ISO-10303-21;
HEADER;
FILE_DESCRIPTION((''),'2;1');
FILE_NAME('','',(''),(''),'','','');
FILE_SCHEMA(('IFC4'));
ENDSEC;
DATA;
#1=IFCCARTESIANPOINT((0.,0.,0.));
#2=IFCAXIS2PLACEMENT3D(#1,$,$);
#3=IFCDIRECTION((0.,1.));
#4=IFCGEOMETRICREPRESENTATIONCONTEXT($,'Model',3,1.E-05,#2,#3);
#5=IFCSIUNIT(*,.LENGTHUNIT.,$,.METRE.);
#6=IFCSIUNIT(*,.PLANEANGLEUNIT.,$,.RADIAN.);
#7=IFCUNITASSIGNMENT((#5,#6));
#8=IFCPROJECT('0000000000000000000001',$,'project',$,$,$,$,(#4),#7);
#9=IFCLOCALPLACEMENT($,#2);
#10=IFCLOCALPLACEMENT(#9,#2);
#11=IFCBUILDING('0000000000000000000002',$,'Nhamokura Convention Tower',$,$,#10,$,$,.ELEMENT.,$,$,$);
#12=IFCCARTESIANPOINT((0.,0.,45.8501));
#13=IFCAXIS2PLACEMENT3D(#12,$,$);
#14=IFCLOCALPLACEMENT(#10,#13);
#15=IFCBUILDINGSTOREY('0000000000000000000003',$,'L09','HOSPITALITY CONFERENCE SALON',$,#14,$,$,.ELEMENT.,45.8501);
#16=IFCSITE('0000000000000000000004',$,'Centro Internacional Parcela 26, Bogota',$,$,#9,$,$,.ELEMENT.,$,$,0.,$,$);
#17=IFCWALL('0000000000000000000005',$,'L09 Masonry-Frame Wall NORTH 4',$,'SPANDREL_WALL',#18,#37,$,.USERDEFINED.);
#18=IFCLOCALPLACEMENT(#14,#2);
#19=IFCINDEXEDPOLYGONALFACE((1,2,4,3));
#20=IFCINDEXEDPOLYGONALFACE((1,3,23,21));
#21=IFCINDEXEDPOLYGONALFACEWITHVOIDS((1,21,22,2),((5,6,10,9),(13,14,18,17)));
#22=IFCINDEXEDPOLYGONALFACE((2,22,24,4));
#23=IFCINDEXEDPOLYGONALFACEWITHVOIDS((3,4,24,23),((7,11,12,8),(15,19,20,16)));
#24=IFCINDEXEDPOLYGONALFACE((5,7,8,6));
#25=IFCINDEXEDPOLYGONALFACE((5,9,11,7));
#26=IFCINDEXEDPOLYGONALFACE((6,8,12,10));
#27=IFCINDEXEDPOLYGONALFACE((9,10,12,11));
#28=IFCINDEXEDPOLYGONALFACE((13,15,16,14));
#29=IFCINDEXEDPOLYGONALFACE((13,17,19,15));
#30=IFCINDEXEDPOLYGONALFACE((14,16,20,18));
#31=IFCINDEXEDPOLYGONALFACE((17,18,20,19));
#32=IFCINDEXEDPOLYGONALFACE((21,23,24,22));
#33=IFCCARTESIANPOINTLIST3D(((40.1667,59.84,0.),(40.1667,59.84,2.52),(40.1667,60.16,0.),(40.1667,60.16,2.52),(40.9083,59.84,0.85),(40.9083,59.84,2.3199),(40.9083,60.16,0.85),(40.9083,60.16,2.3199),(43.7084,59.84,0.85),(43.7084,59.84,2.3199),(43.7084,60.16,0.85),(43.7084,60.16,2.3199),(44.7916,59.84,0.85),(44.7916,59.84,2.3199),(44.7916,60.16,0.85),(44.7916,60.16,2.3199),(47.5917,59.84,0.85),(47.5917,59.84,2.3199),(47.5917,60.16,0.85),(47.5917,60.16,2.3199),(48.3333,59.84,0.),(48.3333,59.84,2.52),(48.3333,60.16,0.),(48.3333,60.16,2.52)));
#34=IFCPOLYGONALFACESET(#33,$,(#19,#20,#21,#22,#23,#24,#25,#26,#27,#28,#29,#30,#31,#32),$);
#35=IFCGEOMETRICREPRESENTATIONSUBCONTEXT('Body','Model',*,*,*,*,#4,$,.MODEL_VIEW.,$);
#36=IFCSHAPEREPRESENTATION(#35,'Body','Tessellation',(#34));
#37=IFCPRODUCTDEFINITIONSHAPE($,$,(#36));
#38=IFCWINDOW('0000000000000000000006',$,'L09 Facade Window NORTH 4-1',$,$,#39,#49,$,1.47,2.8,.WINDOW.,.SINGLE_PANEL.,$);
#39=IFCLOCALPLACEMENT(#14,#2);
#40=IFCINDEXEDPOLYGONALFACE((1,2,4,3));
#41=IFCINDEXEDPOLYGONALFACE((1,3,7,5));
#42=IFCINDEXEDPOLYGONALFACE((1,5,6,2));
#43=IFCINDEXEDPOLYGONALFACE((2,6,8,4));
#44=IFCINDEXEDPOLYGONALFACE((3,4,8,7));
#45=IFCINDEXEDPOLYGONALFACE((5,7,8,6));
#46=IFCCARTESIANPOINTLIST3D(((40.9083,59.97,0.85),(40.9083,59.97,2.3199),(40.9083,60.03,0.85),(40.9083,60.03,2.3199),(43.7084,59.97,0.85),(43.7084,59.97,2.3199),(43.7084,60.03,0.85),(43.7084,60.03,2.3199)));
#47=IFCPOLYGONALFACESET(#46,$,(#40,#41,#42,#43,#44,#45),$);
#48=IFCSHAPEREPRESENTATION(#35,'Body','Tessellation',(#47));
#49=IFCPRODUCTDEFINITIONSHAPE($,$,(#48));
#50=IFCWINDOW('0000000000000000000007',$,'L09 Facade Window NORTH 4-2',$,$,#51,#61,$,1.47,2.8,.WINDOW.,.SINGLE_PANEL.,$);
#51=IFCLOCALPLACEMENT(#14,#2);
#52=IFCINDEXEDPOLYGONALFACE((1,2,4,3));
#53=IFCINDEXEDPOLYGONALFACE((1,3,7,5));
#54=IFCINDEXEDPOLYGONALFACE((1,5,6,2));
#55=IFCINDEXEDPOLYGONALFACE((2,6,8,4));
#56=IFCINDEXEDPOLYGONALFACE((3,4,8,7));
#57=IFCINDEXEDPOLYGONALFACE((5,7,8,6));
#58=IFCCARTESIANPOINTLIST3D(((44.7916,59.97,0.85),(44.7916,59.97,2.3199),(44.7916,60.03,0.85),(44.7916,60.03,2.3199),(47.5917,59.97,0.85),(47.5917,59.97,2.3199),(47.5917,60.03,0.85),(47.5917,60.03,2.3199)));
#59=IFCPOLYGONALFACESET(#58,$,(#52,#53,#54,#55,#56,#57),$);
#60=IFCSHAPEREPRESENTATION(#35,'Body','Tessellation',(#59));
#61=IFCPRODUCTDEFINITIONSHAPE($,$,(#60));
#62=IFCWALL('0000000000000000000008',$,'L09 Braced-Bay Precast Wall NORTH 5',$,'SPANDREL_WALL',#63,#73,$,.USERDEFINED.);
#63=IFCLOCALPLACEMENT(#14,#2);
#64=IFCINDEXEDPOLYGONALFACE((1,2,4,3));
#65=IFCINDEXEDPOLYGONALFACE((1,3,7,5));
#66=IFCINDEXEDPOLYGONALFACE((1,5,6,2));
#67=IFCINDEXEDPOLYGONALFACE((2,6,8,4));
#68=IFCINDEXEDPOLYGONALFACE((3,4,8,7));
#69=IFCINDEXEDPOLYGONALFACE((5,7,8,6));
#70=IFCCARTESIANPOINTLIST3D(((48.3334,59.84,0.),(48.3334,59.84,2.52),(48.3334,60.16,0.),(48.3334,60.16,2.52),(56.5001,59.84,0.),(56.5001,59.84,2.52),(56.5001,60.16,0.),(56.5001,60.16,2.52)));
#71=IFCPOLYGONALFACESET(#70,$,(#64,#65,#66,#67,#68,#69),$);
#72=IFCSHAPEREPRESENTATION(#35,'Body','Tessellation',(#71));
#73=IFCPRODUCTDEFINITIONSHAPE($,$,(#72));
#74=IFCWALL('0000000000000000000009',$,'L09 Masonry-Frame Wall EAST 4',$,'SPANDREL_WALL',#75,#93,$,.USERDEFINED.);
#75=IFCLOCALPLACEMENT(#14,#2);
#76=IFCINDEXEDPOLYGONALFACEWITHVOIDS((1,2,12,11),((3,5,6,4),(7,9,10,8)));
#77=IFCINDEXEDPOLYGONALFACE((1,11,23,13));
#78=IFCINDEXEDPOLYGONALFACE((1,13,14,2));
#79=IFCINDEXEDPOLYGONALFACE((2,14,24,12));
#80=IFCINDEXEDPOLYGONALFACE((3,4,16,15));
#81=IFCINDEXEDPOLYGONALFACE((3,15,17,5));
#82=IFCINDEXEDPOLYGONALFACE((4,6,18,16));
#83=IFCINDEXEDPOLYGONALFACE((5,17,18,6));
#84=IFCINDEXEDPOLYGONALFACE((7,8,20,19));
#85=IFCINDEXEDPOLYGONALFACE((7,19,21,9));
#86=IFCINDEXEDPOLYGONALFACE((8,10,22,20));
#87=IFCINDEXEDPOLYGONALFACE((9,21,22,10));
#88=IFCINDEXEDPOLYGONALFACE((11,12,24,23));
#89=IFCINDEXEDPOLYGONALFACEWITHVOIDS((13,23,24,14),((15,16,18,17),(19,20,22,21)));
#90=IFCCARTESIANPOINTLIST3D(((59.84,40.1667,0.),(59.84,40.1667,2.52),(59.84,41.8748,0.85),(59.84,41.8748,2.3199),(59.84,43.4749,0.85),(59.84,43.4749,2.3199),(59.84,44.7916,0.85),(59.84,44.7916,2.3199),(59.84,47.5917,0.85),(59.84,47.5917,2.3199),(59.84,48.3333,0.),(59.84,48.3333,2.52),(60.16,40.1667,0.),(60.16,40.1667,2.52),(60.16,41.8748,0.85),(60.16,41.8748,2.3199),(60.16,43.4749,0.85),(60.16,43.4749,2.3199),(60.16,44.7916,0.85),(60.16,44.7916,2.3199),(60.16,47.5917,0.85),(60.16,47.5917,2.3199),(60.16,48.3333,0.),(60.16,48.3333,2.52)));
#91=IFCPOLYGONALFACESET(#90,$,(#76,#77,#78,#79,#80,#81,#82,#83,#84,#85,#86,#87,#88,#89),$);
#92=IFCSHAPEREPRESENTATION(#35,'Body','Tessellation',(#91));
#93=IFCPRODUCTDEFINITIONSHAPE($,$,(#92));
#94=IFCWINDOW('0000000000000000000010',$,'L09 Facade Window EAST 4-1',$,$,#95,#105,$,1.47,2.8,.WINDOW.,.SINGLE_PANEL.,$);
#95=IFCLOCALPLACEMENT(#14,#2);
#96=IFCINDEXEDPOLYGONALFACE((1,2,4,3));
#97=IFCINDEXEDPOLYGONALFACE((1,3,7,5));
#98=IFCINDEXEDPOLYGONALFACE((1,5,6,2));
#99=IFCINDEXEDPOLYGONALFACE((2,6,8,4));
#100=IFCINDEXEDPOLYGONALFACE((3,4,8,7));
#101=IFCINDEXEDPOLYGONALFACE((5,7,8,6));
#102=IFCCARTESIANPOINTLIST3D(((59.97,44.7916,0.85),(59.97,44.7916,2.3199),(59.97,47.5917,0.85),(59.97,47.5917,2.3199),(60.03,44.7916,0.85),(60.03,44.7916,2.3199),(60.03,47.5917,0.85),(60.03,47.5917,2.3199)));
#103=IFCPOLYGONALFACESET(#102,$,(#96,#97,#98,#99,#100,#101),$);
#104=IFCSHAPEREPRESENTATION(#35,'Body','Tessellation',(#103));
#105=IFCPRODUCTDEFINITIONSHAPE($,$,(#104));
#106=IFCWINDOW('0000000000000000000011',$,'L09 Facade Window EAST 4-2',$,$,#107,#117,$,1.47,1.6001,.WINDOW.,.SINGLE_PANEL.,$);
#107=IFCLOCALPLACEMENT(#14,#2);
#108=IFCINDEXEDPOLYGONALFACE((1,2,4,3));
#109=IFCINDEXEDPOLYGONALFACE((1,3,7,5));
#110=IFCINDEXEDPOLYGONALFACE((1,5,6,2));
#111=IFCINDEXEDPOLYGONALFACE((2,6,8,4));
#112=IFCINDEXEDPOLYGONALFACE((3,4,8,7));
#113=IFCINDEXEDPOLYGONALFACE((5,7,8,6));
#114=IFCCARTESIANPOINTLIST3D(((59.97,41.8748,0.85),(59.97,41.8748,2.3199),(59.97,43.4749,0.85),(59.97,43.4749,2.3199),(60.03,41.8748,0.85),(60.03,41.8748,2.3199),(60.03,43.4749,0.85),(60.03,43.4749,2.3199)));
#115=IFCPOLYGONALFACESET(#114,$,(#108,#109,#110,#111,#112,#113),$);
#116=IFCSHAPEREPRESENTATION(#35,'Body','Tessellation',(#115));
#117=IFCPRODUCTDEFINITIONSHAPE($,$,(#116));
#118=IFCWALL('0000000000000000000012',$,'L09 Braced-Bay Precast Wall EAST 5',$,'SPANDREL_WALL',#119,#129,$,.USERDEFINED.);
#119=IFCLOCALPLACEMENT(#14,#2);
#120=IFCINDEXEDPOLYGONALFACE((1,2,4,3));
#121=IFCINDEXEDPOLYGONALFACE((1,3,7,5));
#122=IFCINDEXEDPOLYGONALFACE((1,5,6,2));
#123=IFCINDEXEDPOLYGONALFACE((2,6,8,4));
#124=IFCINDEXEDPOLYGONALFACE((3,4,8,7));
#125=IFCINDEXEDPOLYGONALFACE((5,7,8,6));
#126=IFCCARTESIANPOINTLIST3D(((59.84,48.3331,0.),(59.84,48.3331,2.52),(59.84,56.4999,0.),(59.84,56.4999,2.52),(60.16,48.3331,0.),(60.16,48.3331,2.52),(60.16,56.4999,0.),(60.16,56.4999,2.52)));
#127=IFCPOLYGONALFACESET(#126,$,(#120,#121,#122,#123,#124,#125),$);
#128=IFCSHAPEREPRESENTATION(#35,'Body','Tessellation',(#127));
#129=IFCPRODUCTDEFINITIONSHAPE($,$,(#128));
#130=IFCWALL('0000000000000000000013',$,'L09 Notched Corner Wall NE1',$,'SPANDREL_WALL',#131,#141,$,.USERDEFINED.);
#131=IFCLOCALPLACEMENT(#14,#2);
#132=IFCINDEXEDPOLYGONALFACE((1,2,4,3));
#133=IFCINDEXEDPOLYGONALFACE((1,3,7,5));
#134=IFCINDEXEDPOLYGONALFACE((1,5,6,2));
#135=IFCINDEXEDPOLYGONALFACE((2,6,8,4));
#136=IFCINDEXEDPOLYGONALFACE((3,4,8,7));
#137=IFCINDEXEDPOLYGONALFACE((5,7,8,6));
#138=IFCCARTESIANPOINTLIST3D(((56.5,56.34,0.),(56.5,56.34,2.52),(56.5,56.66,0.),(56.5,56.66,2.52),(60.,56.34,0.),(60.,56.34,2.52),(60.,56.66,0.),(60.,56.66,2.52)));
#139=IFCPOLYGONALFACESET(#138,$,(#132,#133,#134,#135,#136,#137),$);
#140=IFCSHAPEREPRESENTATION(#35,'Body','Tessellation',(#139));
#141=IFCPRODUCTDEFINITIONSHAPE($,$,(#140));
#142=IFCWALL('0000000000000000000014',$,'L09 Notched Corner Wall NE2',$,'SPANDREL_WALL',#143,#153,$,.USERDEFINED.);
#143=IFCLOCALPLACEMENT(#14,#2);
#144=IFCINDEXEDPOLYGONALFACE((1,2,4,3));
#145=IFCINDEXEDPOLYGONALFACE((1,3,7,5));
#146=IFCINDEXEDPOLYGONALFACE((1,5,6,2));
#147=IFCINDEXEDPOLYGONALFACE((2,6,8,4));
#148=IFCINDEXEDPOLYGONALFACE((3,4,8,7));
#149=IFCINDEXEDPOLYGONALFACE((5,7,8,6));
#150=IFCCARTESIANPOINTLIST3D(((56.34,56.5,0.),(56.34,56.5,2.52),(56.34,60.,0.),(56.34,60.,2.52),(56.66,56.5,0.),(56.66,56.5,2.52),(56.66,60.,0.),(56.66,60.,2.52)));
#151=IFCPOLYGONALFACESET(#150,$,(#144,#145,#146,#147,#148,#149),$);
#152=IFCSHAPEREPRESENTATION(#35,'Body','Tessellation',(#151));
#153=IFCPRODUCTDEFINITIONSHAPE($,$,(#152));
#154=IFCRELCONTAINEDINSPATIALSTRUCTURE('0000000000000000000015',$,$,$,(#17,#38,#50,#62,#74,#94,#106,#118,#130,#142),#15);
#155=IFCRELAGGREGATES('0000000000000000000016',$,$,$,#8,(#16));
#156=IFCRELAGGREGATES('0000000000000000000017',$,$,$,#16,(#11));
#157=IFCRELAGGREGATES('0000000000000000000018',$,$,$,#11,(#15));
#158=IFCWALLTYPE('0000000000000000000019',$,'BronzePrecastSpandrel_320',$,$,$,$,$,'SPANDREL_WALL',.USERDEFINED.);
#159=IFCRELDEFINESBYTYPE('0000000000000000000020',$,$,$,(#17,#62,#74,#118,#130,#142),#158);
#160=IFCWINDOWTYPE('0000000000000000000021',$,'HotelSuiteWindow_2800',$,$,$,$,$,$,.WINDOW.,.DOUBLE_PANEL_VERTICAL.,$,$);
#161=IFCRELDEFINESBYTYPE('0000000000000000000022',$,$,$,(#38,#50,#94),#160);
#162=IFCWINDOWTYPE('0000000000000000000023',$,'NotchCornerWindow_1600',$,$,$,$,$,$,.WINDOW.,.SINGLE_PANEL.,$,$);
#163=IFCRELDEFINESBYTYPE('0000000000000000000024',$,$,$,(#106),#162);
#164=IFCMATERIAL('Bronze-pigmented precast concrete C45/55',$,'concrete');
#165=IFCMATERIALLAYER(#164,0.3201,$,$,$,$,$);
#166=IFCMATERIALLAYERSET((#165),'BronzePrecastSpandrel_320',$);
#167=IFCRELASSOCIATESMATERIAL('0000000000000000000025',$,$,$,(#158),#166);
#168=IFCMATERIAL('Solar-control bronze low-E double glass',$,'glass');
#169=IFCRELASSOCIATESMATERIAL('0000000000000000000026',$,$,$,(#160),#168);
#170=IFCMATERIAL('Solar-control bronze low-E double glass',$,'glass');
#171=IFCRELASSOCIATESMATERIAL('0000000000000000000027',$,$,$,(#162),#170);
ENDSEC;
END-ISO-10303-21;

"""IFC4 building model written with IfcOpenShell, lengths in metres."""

from ifc_helpers import new_model, si_unit, direction, frame, frame_2d, origin, place, context, subcontext, project, spatial, rectangle, extrude, material, layer, layer_set, type_object, element, fill, save


model = new_model("IFC4")

# Units and contexts
model_context = context("Model", 3, precision=1e-05, world=origin(), true_north=direction((0.0, 1.0)))
body_context = subcontext(model_context, "Body", "Model", "MODEL_VIEW")
ifc_project = project(units=[si_unit("LENGTHUNIT", "METRE"), si_unit("PLANEANGLEUNIT", "RADIAN")], contexts=[model_context])

# Site, building, storey
site_placement = place(None, origin())
site = spatial("IfcSite", under=ifc_project, at=site_placement, Name="Centro Internacional Parcela 26, Bogota", CompositionType="ELEMENT", RefElevation=0.0)
building_placement = place(site_placement, origin())
building = spatial("IfcBuilding", under=site, at=building_placement, Name="Nhamokura Convention Tower", CompositionType="ELEMENT")
storey_placement = place(building_placement, frame((0.0, 0.0, 45.8501)))
storey = spatial("IfcBuildingStorey", under=building, at=storey_placement, Name="L09", Description="HOSPITALITY CONFERENCE SALON", CompositionType="ELEMENT", Elevation=45.8501)

# Wall, openings, windows
ifc_material_1 = material(Name="Bronze-pigmented precast concrete C45/55", Category="concrete")
ifc_layer = layer(ifc_material_1, 0.3201)
ifc_layer_set = layer_set([ifc_layer], Name="BronzePrecastSpandrel_320")
wall_type = type_object("IfcWallType", Name="BronzePrecastSpandrel_320", ElementType="SPANDREL_WALL", PredefinedType="USERDEFINED", material=ifc_layer_set)
wall_1_placement = place(storey_placement, frame((40.1667, 60.0, 0.0), z_axis=(0.0, 0.0, 1.0), x_axis=(1.0, 0.0, 0.0)))
wall_1 = element("IfcWall", 1, at=wall_1_placement, inside=storey, type_object=wall_type, Name="L09 Masonry-Frame Wall NORTH 4", ObjectType="SPANDREL_WALL", PredefinedType="USERDEFINED", context=body_context, shape_type="SweptSolid", body=[
    extrude(rectangle(XDim=8.1665, YDim=0.3201, at=frame_2d((4.0833, 0.0))), origin(), (0.0, 0.0, 1.0), 2.52),
])
opening_1_placement = place(wall_1_placement, frame((0.7417, 0.0, 0.8501)))
opening_1 = element("IfcOpeningElement", 2, at=opening_1_placement, cuts=wall_1, PredefinedType="OPENING", context=body_context, shape_type="SweptSolid", body=[
    extrude(rectangle(XDim=2.8, YDim=1.47, at=frame_2d((1.3999, 0.7349))), frame((0.0, 0.1699, 0.0), z_axis=(0.0, -1.0, 0.0), x_axis=(1.0, 0.0, 0.0)), (0.0, 0.0, 1.0), 0.3401),
])
opening_2_placement = place(wall_1_placement, frame((4.625, 0.0, 0.8501)))
opening_2 = element("IfcOpeningElement", 3, at=opening_2_placement, cuts=wall_1, PredefinedType="OPENING", context=body_context, shape_type="SweptSolid", body=[
    extrude(rectangle(XDim=2.8, YDim=1.47, at=frame_2d((1.3999, 0.7349))), frame((0.0, 0.1699, 0.0), z_axis=(0.0, -1.0, 0.0), x_axis=(1.0, 0.0, 0.0)), (0.0, 0.0, 1.0), 0.3401),
])
ifc_material_2 = material(Name="Solar-control bronze low-E double glass", Category="glass")
window_type_1 = type_object("IfcWindowType", Name="HotelSuiteWindow_2800", PartitioningType="DOUBLE_PANEL_VERTICAL", PredefinedType="WINDOW", material=ifc_material_2)
window_1_placement = place(opening_1_placement, origin())
window_1 = element("IfcWindow", 4, at=window_1_placement, inside=storey, type_object=window_type_1, Name="L09 Facade Window NORTH 4-1", OverallHeight=1.47, OverallWidth=2.8, PartitioningType="SINGLE_PANEL", PredefinedType="WINDOW", context=body_context, shape_type="SweptSolid", body=[
    extrude(rectangle(XDim=2.8, YDim=1.47, at=frame_2d((1.3999, 0.7349))), frame((0.0, 0.03, 0.0), z_axis=(0.0, -1.0, 0.0), x_axis=(1.0, 0.0, 0.0)), (0.0, 0.0, 1.0), 0.0601),
])
fill(opening_1, window_1)
window_2_placement = place(opening_2_placement, origin())
window_2 = element("IfcWindow", 5, at=window_2_placement, inside=storey, type_object=window_type_1, Name="L09 Facade Window NORTH 4-2", OverallHeight=1.47, OverallWidth=2.8, PartitioningType="SINGLE_PANEL", PredefinedType="WINDOW", context=body_context, shape_type="SweptSolid", body=[
    extrude(rectangle(XDim=2.8, YDim=1.47, at=frame_2d((1.3999, 0.7349))), frame((0.0, 0.03, 0.0), z_axis=(0.0, -1.0, 0.0), x_axis=(1.0, 0.0, 0.0)), (0.0, 0.0, 1.0), 0.0601),
])
fill(opening_2, window_2)

# Wall
wall_2_placement = place(storey_placement, frame((48.3333, 60.0, 0.0), z_axis=(0.0, 0.0, 1.0), x_axis=(1.0, 0.0, 0.0)))
element("IfcWall", 6, at=wall_2_placement, inside=storey, type_object=wall_type, Name="L09 Braced-Bay Precast Wall NORTH 5", ObjectType="SPANDREL_WALL", PredefinedType="USERDEFINED", context=body_context, shape_type="SweptSolid", body=[
    extrude(rectangle(XDim=8.1667, YDim=0.3201, at=frame_2d((4.0835, 0.0))), origin(), (0.0, 0.0, 1.0), 2.52),
])

# Wall, openings, windows
wall_3_placement = place(storey_placement, frame((60.0, 48.3333, 0.0), z_axis=(0.0, 0.0, 1.0), x_axis=(0.0, -1.0, 0.0)))
wall_3 = element("IfcWall", 7, at=wall_3_placement, inside=storey, type_object=wall_type, Name="L09 Masonry-Frame Wall EAST 4", ObjectType="SPANDREL_WALL", PredefinedType="USERDEFINED", context=body_context, shape_type="SweptSolid", body=[
    extrude(rectangle(XDim=8.1665, YDim=0.3201, at=frame_2d((4.0833, 0.0))), origin(), (0.0, 0.0, 1.0), 2.52),
])
opening_3_placement = place(wall_3_placement, frame((0.7417, 0.0, 0.8501)))
opening_3 = element("IfcOpeningElement", 8, at=opening_3_placement, cuts=wall_3, PredefinedType="OPENING", context=body_context, shape_type="SweptSolid", body=[
    extrude(rectangle(XDim=2.8, YDim=1.47, at=frame_2d((1.3999, 0.7349))), frame((0.0, 0.1699, 0.0), z_axis=(0.0, -1.0, 0.0), x_axis=(1.0, 0.0, 0.0)), (0.0, 0.0, 1.0), 0.3401),
])
opening_4_placement = place(wall_3_placement, frame((4.8584, 0.0, 0.8501)))
opening_4 = element("IfcOpeningElement", 9, at=opening_4_placement, cuts=wall_3, PredefinedType="OPENING", context=body_context, shape_type="SweptSolid", body=[
    extrude(rectangle(XDim=1.6001, YDim=1.47, at=frame_2d((0.8, 0.7349))), frame((0.0, 0.1699, 0.0), z_axis=(0.0, -1.0, 0.0), x_axis=(1.0, 0.0, 0.0)), (0.0, 0.0, 1.0), 0.3401),
])
window_3_placement = place(opening_3_placement, origin())
window_3 = element("IfcWindow", 10, at=window_3_placement, inside=storey, type_object=window_type_1, Name="L09 Facade Window EAST 4-1", OverallHeight=1.47, OverallWidth=2.8, PartitioningType="SINGLE_PANEL", PredefinedType="WINDOW", context=body_context, shape_type="SweptSolid", body=[
    extrude(rectangle(XDim=2.8, YDim=1.47, at=frame_2d((1.3999, 0.7349))), frame((0.0, 0.03, 0.0), z_axis=(0.0, -1.0, 0.0), x_axis=(1.0, 0.0, 0.0)), (0.0, 0.0, 1.0), 0.0601),
])
fill(opening_3, window_3)
ifc_material_3 = material(Name="Solar-control bronze low-E double glass", Category="glass")
window_type_2 = type_object("IfcWindowType", Name="NotchCornerWindow_1600", PartitioningType="SINGLE_PANEL", PredefinedType="WINDOW", material=ifc_material_3)
window_4_placement = place(opening_4_placement, origin())
window_4 = element("IfcWindow", 11, at=window_4_placement, inside=storey, type_object=window_type_2, Name="L09 Facade Window EAST 4-2", OverallHeight=1.47, OverallWidth=1.6001, PartitioningType="SINGLE_PANEL", PredefinedType="WINDOW", context=body_context, shape_type="SweptSolid", body=[
    extrude(rectangle(XDim=1.6001, YDim=1.47, at=frame_2d((0.8, 0.7349))), frame((0.0, 0.03, 0.0), z_axis=(0.0, -1.0, 0.0), x_axis=(1.0, 0.0, 0.0)), (0.0, 0.0, 1.0), 0.0601),
])
fill(opening_4, window_4)

# Walls
wall_4_placement = place(storey_placement, frame((60.0, 56.5, 0.0), z_axis=(0.0, 0.0, 1.0), x_axis=(0.0, -1.0, 0.0)))
element("IfcWall", 12, at=wall_4_placement, inside=storey, type_object=wall_type, Name="L09 Braced-Bay Precast Wall EAST 5", ObjectType="SPANDREL_WALL", PredefinedType="USERDEFINED", context=body_context, shape_type="SweptSolid", body=[
    extrude(rectangle(XDim=8.1667, YDim=0.3201, at=frame_2d((4.0835, 0.0))), origin(), (0.0, 0.0, 1.0), 2.52),
])
for number, where, z_axis, x_axis, name in (
    (13, (56.5, 56.5, 0.0), (0.0, 0.0, 1.0), (1.0, 0.0, 0.0), "L09 Notched Corner Wall NE1"),
    (14, (56.5, 60.0, 0.0), (0.0, 0.0, 1.0), (0.0, -1.0, 0.0), "L09 Notched Corner Wall NE2"),
):
    element("IfcWall", number, at=place(storey_placement, frame(where, z_axis=z_axis, x_axis=x_axis)), inside=storey, type_object=wall_type, Name=name, ObjectType="SPANDREL_WALL", PredefinedType="USERDEFINED", context=body_context, shape_type="SweptSolid", body=[
        extrude(rectangle(XDim=3.5, YDim=0.3201, at=frame_2d((1.75, 0.0))), origin(), (0.0, 0.0, 1.0), 2.52),
    ])

save(model, "model.ifc")
